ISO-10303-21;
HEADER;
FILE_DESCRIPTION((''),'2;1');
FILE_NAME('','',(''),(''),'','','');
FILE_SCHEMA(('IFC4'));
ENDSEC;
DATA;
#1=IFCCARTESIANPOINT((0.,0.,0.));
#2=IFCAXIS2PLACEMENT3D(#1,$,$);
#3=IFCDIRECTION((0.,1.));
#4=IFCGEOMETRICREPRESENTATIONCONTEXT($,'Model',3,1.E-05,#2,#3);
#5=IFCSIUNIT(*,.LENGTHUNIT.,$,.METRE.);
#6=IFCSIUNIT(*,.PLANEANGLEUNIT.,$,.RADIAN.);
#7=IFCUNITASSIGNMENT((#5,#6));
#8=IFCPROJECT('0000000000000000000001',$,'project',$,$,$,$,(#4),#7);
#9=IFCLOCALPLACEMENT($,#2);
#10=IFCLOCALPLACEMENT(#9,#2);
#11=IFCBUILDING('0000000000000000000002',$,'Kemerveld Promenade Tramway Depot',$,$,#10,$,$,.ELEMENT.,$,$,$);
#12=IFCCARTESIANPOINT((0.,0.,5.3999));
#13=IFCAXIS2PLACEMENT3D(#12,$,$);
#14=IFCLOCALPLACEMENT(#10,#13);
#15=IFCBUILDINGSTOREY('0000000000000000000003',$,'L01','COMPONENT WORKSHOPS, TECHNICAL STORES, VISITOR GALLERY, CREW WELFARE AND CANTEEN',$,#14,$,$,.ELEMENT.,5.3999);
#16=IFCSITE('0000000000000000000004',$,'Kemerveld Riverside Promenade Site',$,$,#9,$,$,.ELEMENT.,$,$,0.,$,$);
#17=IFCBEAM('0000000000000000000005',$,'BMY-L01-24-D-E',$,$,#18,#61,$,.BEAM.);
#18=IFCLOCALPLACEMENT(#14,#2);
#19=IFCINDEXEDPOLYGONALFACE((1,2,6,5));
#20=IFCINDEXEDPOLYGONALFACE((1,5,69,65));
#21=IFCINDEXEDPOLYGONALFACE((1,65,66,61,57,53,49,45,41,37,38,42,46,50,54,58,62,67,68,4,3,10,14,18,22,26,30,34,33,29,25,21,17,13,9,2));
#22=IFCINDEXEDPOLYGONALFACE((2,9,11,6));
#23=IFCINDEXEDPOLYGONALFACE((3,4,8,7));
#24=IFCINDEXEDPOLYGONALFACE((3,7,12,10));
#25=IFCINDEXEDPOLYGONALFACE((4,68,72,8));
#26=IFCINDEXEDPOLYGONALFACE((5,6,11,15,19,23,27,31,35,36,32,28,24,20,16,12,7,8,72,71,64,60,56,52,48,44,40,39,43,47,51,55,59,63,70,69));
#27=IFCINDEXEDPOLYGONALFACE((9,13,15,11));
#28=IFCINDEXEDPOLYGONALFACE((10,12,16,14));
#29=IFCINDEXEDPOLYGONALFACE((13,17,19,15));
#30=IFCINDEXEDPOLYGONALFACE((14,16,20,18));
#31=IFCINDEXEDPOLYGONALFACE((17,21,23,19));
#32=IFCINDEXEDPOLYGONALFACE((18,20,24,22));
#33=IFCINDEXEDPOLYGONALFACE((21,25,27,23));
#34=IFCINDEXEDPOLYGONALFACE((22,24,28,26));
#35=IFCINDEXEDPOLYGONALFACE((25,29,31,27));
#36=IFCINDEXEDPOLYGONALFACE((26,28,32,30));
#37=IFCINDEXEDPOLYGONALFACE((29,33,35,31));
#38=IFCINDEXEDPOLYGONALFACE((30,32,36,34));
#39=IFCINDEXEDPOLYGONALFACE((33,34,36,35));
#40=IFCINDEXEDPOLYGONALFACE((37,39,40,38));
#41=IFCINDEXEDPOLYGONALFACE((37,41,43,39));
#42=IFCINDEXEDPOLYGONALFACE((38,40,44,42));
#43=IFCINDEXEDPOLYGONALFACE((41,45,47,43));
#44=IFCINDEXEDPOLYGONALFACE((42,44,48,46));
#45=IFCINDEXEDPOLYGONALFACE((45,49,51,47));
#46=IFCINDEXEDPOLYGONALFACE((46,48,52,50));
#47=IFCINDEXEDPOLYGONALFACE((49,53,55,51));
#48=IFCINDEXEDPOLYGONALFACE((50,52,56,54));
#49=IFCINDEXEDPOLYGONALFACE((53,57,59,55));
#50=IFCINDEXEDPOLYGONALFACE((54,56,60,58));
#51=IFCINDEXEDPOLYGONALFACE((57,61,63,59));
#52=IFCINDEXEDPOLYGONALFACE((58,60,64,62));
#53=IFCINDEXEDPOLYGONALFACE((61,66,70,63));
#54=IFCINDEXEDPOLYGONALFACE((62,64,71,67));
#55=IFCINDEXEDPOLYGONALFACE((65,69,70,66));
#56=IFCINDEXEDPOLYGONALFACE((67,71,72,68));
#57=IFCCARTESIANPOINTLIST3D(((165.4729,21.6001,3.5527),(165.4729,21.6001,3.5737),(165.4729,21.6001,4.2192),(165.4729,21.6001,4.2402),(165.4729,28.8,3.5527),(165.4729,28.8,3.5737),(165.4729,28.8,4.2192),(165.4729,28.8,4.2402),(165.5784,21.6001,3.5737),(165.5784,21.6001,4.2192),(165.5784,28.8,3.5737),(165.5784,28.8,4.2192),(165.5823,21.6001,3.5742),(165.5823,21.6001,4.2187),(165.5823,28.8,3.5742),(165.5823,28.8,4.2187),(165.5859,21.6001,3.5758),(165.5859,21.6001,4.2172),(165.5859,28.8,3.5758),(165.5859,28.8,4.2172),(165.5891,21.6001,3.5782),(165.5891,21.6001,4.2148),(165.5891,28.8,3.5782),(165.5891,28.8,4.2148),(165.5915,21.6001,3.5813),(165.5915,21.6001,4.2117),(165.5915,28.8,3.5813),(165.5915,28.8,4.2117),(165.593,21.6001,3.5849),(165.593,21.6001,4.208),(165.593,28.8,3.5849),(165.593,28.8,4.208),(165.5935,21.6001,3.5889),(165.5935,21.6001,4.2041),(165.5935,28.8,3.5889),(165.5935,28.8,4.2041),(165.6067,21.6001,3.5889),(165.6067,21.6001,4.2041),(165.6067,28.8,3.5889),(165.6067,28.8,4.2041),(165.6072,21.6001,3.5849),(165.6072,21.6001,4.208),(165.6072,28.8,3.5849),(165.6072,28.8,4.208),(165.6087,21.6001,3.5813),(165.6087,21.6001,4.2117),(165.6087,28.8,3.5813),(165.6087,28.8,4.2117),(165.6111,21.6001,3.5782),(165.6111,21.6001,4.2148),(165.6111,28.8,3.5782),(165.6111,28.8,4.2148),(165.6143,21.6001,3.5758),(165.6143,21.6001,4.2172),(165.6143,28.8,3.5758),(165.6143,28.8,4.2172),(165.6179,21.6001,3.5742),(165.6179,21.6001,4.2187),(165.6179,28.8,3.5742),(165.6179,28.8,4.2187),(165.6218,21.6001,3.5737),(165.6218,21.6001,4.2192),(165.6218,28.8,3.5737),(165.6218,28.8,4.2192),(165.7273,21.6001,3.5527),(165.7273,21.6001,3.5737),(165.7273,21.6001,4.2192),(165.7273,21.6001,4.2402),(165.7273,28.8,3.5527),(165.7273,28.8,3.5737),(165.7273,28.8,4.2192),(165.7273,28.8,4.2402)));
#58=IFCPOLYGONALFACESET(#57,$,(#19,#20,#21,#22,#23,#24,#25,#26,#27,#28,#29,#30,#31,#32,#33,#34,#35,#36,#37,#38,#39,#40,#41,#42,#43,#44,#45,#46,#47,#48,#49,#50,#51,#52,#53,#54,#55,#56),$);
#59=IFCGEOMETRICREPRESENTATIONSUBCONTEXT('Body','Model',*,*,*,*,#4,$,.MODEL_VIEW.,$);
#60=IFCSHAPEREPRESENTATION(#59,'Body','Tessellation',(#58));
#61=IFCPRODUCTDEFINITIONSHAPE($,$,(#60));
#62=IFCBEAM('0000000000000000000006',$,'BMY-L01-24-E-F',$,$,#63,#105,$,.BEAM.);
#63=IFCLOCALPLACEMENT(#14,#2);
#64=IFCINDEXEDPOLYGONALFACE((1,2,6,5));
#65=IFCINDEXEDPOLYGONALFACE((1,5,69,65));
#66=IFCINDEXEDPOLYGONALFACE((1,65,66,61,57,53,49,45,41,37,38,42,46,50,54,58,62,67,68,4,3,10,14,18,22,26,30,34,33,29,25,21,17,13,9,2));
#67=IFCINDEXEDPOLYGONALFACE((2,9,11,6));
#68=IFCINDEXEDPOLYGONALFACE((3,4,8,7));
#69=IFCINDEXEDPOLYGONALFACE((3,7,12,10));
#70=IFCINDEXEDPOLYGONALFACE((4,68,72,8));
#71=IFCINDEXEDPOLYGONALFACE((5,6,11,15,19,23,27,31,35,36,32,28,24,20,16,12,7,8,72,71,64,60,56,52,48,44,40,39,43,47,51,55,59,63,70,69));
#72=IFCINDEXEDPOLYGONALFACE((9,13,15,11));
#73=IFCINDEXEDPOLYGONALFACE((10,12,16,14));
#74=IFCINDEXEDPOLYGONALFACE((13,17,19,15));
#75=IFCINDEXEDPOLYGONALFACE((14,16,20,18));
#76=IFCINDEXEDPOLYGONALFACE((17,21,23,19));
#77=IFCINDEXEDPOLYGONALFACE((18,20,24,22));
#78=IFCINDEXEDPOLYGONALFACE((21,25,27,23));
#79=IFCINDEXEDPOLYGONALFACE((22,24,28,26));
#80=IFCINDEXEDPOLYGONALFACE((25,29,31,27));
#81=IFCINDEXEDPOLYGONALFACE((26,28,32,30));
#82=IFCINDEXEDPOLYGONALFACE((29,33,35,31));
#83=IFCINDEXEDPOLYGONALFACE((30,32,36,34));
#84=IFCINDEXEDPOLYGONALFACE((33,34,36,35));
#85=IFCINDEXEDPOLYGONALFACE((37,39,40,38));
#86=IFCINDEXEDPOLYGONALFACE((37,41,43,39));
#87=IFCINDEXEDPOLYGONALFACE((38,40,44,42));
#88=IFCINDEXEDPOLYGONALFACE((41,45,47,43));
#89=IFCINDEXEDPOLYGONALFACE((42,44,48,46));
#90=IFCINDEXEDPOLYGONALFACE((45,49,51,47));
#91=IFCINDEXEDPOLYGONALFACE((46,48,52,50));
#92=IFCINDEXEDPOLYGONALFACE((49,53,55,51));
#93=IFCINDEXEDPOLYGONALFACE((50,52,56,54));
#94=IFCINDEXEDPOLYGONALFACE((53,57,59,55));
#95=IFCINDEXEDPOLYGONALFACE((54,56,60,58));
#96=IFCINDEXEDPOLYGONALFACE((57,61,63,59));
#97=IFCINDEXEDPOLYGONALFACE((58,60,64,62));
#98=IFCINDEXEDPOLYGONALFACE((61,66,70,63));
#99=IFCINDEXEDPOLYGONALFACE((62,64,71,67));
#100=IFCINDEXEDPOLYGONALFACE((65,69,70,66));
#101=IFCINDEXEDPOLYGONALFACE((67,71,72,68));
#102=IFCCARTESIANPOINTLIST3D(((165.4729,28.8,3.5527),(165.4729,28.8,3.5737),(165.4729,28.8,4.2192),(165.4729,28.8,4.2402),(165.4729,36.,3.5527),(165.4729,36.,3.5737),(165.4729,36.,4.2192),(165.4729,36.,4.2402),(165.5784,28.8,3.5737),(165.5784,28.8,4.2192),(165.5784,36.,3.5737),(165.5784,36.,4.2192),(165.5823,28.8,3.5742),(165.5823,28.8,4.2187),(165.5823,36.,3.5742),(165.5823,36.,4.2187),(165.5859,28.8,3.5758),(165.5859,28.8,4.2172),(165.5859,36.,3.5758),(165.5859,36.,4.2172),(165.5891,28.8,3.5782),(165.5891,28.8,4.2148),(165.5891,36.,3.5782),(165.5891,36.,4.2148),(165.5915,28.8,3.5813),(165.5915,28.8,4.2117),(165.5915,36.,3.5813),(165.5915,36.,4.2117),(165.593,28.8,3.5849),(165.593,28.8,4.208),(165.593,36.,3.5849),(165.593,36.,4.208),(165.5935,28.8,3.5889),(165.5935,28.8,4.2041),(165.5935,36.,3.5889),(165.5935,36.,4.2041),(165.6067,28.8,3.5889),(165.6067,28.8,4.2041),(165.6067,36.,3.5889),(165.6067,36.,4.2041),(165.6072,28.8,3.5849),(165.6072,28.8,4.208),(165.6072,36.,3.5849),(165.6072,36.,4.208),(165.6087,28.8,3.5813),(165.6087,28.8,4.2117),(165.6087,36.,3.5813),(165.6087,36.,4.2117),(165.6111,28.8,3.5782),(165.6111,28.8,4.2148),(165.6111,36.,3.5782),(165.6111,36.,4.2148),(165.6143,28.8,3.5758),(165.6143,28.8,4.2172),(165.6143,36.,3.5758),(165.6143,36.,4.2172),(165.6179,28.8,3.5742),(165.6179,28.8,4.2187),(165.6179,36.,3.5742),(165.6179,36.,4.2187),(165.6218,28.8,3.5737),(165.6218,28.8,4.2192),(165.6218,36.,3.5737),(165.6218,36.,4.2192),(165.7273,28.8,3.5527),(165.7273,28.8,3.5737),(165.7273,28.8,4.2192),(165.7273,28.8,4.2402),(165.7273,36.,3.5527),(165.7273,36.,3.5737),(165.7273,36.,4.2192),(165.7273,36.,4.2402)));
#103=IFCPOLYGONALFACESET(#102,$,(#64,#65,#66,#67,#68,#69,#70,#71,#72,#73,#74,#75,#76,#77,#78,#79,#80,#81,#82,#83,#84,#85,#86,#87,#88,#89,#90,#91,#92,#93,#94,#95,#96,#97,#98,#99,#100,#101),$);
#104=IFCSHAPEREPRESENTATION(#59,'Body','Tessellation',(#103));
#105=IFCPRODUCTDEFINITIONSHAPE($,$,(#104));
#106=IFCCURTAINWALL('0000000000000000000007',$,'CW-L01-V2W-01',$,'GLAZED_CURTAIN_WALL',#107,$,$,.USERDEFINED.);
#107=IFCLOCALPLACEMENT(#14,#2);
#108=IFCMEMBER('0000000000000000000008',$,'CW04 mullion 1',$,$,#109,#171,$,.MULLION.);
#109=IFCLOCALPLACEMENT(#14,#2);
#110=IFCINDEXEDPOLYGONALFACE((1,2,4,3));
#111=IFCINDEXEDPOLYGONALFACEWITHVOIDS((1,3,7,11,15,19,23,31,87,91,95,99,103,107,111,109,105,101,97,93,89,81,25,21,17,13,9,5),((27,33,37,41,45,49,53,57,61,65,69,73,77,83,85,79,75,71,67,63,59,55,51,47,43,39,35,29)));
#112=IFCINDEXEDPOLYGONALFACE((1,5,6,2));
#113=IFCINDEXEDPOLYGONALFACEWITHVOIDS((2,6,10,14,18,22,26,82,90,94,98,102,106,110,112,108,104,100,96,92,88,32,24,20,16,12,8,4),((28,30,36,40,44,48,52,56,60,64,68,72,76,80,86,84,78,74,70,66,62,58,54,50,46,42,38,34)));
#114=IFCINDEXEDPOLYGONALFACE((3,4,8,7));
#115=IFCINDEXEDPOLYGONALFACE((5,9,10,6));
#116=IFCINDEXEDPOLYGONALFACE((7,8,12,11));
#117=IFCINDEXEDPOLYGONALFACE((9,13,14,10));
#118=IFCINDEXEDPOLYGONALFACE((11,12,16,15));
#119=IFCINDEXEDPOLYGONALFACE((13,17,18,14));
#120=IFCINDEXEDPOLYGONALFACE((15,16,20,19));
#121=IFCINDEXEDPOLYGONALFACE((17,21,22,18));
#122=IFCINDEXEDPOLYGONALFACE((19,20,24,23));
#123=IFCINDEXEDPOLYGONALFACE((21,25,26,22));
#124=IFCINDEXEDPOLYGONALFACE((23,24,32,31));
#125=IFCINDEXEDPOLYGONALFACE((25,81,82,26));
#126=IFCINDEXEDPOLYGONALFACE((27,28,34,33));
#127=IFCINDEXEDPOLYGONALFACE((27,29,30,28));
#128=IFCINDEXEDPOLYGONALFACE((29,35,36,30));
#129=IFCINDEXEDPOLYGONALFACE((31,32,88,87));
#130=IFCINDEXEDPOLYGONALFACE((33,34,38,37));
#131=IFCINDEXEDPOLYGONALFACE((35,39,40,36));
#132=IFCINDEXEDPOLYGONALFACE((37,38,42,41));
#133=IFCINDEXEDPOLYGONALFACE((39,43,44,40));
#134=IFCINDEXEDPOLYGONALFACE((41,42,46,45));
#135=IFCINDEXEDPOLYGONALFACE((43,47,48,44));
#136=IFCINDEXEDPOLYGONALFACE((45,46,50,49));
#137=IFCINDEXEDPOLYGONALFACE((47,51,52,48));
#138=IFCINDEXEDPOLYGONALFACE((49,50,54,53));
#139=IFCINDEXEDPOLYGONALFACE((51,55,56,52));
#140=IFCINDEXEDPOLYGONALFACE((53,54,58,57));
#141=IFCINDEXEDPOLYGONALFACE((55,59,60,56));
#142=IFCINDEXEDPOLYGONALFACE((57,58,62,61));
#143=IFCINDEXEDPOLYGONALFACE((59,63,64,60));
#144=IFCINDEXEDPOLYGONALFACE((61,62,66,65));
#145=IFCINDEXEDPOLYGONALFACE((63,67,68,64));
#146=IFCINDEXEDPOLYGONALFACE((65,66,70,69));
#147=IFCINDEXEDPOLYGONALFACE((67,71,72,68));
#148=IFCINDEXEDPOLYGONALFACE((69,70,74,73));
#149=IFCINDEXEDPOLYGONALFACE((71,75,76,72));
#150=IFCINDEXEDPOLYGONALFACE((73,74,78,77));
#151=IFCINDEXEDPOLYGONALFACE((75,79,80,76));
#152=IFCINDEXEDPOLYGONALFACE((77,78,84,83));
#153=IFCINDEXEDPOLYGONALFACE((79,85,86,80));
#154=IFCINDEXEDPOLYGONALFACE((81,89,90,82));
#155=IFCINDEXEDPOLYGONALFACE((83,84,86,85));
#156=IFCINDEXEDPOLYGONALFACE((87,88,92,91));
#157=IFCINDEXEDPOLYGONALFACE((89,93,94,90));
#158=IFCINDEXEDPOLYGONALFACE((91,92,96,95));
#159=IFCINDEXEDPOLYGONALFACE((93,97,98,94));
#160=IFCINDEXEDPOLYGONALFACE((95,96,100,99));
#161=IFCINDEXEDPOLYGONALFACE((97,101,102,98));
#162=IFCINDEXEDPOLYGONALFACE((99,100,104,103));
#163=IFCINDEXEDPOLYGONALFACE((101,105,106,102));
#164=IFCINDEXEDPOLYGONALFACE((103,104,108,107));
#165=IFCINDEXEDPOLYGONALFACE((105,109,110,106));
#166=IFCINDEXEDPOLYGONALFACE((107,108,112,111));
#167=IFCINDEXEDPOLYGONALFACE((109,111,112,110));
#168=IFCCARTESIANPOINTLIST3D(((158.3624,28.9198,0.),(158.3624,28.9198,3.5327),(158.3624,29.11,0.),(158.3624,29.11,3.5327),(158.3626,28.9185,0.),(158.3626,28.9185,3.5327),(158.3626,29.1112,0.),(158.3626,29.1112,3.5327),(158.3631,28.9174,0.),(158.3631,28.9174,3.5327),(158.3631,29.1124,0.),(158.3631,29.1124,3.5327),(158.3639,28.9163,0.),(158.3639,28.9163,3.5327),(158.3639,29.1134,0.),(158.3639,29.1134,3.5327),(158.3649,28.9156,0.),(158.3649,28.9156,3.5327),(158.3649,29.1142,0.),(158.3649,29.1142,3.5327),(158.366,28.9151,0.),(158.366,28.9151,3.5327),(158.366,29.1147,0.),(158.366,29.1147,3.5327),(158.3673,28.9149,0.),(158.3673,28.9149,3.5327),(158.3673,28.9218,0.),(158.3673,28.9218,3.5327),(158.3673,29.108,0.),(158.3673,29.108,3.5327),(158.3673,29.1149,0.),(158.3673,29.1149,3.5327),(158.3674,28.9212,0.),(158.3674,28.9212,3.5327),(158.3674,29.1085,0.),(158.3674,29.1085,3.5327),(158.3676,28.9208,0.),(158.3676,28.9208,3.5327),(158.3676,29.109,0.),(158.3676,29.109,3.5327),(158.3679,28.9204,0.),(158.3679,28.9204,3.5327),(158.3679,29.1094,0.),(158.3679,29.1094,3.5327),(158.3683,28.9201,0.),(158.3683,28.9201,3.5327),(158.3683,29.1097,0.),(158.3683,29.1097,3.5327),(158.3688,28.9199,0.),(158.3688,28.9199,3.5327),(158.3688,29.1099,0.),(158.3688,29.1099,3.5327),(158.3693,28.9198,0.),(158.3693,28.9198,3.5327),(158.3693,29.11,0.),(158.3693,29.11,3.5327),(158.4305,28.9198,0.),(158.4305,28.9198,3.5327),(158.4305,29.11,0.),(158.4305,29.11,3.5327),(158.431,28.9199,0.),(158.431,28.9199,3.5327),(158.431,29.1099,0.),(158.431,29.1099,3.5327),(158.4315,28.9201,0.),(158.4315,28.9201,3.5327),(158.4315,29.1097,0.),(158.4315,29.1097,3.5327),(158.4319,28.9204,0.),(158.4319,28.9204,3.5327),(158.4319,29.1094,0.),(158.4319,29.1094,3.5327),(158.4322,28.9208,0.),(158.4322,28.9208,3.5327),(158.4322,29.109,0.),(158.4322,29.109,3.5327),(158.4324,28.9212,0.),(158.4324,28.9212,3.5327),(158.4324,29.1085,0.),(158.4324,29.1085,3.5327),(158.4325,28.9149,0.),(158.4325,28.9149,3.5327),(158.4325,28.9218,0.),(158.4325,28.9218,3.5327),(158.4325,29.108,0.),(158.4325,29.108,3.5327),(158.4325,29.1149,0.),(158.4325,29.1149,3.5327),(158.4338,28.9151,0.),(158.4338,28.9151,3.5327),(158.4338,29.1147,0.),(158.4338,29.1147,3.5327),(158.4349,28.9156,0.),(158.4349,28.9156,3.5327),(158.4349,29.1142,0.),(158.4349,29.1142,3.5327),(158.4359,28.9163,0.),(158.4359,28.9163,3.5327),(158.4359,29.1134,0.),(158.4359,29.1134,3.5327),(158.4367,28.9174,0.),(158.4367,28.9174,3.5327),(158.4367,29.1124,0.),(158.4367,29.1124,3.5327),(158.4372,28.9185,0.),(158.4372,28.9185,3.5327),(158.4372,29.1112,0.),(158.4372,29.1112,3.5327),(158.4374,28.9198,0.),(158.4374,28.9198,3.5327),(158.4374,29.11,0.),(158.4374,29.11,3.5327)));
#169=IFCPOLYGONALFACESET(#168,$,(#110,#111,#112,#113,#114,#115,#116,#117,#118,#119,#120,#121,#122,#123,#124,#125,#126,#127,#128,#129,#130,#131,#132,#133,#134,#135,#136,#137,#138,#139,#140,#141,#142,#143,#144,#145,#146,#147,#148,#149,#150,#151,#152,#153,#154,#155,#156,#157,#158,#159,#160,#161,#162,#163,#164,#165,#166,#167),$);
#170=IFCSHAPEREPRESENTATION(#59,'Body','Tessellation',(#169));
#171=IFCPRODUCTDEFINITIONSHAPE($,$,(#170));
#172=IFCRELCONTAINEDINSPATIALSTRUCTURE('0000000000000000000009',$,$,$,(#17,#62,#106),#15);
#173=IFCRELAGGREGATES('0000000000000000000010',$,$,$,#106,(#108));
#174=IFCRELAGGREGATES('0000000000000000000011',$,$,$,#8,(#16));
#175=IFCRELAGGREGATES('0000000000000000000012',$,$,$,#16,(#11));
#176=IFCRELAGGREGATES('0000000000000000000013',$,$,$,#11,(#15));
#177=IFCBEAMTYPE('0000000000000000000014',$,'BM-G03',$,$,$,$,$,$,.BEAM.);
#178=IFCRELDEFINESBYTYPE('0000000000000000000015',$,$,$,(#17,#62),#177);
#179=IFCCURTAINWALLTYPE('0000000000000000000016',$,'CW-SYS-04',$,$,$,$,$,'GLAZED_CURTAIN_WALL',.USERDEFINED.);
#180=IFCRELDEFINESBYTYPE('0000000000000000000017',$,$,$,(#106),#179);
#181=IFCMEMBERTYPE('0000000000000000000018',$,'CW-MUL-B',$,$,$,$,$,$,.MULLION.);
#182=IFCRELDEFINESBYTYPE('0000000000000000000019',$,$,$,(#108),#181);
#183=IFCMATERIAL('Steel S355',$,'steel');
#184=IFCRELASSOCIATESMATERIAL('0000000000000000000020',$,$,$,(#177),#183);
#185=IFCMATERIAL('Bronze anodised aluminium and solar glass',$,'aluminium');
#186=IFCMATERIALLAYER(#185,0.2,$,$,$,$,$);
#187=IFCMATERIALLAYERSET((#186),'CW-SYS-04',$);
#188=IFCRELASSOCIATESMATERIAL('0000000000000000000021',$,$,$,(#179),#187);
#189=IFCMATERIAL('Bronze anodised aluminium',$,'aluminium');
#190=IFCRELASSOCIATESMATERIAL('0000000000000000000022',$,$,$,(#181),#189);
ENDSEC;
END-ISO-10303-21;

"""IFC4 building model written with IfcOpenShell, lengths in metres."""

from ifc_helpers import new_model, si_unit, direction, frame, origin, origin_2d, place, context, subcontext, project, spatial, hollow_rectangle, i_section, extrude, material, layer, layer_set, material_profile, profile_set, type_object, element, aggregate, save


model = new_model("IFC4")

# Units and contexts
model_context = context("Model", 3, precision=1e-05, world=origin(), true_north=direction((0.0, 1.0)))
body_context = subcontext(model_context, "Body", "Model", "MODEL_VIEW")
ifc_project = project(units=[si_unit("LENGTHUNIT", "METRE"), si_unit("PLANEANGLEUNIT", "RADIAN")], contexts=[model_context])

# Site, building, storey
site_placement = place(None, origin())
site = spatial("IfcSite", under=ifc_project, at=site_placement, Name="Kemerveld Riverside Promenade Site", CompositionType="ELEMENT", RefElevation=0.0)
building_placement = place(site_placement, origin())
building = spatial("IfcBuilding", under=site, at=building_placement, Name="Kemerveld Promenade Tramway Depot", CompositionType="ELEMENT")
storey_placement = place(building_placement, frame((0.0, 0.0, 5.3999)))
storey = spatial("IfcBuildingStorey", under=building, at=storey_placement, Name="L01", Description="COMPONENT WORKSHOPS, TECHNICAL STORES, VISITOR GALLERY, CREW WELFARE AND CANTEEN", CompositionType="ELEMENT", Elevation=5.3999)

# Shared definitions
ifc_material_1 = material(Name="Steel S355", Category="steel")

# Beams
ifc_material_profile_1 = material_profile(ifc_material_1, i_section(OverallWidth=0.2544, OverallDepth=0.6875, WebThickness=0.0132, FlangeThickness=0.021, FilletRadius=0.0151, at=origin_2d()), Name="686x254x152 UB")
ifc_profile_set_1 = profile_set([ifc_material_profile_1], Name="Steel S355")
beam_type = type_object("IfcBeamType", Name="BM-G03", PredefinedType="BEAM", material=ifc_profile_set_1)
for number, where, z_axis, x_axis, name in (
    (1, (165.6001, 21.6001, 3.8965), (0.0, 1.0, 0.0), (-1.0, 0.0, 0.0), "BMY-L01-24-D-E"),
    (2, (165.6001, 28.8, 3.8965), (0.0, 1.0, 0.0), (-1.0, 0.0, 0.0), "BMY-L01-24-E-F"),
):
    element("IfcBeam", number, at=place(storey_placement, frame(where, z_axis=z_axis, x_axis=x_axis)), inside=storey, type_object=beam_type, Name=name, PredefinedType="BEAM", context=body_context, shape_type="SweptSolid", body=[
        extrude(i_section(OverallWidth=0.2544, OverallDepth=0.6875, WebThickness=0.0132, FlangeThickness=0.021, FilletRadius=0.0151, at=origin_2d()), origin(), (0.0, 0.0, 1.0), 7.2),
    ])

# Curtain wall, member
ifc_material_2 = material(Name="Bronze anodised aluminium and solar glass", Category="aluminium")
ifc_layer_1 = layer(ifc_material_2, 0.2)
ifc_layer_set_1 = layer_set([ifc_layer_1], Name="CW-SYS-04")
curtain_wall_type = type_object("IfcCurtainWallType", Name="CW-SYS-04", ElementType="GLAZED_CURTAIN_WALL", PredefinedType="USERDEFINED", material=ifc_layer_set_1)
curtain_wall_placement = place(storey_placement, origin())
curtain_wall = element("IfcCurtainWall", 3, at=curtain_wall_placement, inside=storey, type_object=curtain_wall_type, Name="CW-L01-V2W-01", ObjectType="GLAZED_CURTAIN_WALL", PredefinedType="USERDEFINED")
ifc_material_3 = material(Name="Bronze anodised aluminium", Category="aluminium")
ifc_material_profile_2 = material_profile(ifc_material_3, hollow_rectangle(XDim=0.075, YDim=0.2, WallThickness=0.0049, InnerFilletRadius=0.002, OuterFilletRadius=0.0049, at=origin_2d()), Name="CW-MUL-200x75")
ifc_profile_set_2 = profile_set([ifc_material_profile_2], Name="Bronze anodised aluminium")
member_type_1 = type_object("IfcMemberType", Name="CW-MUL-B", PredefinedType="MULLION", material=ifc_profile_set_2)
member_1_placement = place(storey_placement, frame((158.3999, 29.0149, 0.0), z_axis=(0.0, 0.0, 1.0), x_axis=(-1.0, 0.0, 0.0)))
member_1 = element("IfcMember", 4, at=member_1_placement, type_object=member_type_1, Name="CW04 mullion 1", PredefinedType="MULLION", context=body_context, shape_type="SweptSolid", body=[
    extrude(hollow_rectangle(XDim=0.075, YDim=0.2, WallThickness=0.0049, InnerFilletRadius=0.002, OuterFilletRadius=0.0049, at=origin_2d()), origin(), (0.0, 0.0, 1.0), 3.5327),
])
aggregate(curtain_wall, [member_1])

save(model, "model.ifc")
